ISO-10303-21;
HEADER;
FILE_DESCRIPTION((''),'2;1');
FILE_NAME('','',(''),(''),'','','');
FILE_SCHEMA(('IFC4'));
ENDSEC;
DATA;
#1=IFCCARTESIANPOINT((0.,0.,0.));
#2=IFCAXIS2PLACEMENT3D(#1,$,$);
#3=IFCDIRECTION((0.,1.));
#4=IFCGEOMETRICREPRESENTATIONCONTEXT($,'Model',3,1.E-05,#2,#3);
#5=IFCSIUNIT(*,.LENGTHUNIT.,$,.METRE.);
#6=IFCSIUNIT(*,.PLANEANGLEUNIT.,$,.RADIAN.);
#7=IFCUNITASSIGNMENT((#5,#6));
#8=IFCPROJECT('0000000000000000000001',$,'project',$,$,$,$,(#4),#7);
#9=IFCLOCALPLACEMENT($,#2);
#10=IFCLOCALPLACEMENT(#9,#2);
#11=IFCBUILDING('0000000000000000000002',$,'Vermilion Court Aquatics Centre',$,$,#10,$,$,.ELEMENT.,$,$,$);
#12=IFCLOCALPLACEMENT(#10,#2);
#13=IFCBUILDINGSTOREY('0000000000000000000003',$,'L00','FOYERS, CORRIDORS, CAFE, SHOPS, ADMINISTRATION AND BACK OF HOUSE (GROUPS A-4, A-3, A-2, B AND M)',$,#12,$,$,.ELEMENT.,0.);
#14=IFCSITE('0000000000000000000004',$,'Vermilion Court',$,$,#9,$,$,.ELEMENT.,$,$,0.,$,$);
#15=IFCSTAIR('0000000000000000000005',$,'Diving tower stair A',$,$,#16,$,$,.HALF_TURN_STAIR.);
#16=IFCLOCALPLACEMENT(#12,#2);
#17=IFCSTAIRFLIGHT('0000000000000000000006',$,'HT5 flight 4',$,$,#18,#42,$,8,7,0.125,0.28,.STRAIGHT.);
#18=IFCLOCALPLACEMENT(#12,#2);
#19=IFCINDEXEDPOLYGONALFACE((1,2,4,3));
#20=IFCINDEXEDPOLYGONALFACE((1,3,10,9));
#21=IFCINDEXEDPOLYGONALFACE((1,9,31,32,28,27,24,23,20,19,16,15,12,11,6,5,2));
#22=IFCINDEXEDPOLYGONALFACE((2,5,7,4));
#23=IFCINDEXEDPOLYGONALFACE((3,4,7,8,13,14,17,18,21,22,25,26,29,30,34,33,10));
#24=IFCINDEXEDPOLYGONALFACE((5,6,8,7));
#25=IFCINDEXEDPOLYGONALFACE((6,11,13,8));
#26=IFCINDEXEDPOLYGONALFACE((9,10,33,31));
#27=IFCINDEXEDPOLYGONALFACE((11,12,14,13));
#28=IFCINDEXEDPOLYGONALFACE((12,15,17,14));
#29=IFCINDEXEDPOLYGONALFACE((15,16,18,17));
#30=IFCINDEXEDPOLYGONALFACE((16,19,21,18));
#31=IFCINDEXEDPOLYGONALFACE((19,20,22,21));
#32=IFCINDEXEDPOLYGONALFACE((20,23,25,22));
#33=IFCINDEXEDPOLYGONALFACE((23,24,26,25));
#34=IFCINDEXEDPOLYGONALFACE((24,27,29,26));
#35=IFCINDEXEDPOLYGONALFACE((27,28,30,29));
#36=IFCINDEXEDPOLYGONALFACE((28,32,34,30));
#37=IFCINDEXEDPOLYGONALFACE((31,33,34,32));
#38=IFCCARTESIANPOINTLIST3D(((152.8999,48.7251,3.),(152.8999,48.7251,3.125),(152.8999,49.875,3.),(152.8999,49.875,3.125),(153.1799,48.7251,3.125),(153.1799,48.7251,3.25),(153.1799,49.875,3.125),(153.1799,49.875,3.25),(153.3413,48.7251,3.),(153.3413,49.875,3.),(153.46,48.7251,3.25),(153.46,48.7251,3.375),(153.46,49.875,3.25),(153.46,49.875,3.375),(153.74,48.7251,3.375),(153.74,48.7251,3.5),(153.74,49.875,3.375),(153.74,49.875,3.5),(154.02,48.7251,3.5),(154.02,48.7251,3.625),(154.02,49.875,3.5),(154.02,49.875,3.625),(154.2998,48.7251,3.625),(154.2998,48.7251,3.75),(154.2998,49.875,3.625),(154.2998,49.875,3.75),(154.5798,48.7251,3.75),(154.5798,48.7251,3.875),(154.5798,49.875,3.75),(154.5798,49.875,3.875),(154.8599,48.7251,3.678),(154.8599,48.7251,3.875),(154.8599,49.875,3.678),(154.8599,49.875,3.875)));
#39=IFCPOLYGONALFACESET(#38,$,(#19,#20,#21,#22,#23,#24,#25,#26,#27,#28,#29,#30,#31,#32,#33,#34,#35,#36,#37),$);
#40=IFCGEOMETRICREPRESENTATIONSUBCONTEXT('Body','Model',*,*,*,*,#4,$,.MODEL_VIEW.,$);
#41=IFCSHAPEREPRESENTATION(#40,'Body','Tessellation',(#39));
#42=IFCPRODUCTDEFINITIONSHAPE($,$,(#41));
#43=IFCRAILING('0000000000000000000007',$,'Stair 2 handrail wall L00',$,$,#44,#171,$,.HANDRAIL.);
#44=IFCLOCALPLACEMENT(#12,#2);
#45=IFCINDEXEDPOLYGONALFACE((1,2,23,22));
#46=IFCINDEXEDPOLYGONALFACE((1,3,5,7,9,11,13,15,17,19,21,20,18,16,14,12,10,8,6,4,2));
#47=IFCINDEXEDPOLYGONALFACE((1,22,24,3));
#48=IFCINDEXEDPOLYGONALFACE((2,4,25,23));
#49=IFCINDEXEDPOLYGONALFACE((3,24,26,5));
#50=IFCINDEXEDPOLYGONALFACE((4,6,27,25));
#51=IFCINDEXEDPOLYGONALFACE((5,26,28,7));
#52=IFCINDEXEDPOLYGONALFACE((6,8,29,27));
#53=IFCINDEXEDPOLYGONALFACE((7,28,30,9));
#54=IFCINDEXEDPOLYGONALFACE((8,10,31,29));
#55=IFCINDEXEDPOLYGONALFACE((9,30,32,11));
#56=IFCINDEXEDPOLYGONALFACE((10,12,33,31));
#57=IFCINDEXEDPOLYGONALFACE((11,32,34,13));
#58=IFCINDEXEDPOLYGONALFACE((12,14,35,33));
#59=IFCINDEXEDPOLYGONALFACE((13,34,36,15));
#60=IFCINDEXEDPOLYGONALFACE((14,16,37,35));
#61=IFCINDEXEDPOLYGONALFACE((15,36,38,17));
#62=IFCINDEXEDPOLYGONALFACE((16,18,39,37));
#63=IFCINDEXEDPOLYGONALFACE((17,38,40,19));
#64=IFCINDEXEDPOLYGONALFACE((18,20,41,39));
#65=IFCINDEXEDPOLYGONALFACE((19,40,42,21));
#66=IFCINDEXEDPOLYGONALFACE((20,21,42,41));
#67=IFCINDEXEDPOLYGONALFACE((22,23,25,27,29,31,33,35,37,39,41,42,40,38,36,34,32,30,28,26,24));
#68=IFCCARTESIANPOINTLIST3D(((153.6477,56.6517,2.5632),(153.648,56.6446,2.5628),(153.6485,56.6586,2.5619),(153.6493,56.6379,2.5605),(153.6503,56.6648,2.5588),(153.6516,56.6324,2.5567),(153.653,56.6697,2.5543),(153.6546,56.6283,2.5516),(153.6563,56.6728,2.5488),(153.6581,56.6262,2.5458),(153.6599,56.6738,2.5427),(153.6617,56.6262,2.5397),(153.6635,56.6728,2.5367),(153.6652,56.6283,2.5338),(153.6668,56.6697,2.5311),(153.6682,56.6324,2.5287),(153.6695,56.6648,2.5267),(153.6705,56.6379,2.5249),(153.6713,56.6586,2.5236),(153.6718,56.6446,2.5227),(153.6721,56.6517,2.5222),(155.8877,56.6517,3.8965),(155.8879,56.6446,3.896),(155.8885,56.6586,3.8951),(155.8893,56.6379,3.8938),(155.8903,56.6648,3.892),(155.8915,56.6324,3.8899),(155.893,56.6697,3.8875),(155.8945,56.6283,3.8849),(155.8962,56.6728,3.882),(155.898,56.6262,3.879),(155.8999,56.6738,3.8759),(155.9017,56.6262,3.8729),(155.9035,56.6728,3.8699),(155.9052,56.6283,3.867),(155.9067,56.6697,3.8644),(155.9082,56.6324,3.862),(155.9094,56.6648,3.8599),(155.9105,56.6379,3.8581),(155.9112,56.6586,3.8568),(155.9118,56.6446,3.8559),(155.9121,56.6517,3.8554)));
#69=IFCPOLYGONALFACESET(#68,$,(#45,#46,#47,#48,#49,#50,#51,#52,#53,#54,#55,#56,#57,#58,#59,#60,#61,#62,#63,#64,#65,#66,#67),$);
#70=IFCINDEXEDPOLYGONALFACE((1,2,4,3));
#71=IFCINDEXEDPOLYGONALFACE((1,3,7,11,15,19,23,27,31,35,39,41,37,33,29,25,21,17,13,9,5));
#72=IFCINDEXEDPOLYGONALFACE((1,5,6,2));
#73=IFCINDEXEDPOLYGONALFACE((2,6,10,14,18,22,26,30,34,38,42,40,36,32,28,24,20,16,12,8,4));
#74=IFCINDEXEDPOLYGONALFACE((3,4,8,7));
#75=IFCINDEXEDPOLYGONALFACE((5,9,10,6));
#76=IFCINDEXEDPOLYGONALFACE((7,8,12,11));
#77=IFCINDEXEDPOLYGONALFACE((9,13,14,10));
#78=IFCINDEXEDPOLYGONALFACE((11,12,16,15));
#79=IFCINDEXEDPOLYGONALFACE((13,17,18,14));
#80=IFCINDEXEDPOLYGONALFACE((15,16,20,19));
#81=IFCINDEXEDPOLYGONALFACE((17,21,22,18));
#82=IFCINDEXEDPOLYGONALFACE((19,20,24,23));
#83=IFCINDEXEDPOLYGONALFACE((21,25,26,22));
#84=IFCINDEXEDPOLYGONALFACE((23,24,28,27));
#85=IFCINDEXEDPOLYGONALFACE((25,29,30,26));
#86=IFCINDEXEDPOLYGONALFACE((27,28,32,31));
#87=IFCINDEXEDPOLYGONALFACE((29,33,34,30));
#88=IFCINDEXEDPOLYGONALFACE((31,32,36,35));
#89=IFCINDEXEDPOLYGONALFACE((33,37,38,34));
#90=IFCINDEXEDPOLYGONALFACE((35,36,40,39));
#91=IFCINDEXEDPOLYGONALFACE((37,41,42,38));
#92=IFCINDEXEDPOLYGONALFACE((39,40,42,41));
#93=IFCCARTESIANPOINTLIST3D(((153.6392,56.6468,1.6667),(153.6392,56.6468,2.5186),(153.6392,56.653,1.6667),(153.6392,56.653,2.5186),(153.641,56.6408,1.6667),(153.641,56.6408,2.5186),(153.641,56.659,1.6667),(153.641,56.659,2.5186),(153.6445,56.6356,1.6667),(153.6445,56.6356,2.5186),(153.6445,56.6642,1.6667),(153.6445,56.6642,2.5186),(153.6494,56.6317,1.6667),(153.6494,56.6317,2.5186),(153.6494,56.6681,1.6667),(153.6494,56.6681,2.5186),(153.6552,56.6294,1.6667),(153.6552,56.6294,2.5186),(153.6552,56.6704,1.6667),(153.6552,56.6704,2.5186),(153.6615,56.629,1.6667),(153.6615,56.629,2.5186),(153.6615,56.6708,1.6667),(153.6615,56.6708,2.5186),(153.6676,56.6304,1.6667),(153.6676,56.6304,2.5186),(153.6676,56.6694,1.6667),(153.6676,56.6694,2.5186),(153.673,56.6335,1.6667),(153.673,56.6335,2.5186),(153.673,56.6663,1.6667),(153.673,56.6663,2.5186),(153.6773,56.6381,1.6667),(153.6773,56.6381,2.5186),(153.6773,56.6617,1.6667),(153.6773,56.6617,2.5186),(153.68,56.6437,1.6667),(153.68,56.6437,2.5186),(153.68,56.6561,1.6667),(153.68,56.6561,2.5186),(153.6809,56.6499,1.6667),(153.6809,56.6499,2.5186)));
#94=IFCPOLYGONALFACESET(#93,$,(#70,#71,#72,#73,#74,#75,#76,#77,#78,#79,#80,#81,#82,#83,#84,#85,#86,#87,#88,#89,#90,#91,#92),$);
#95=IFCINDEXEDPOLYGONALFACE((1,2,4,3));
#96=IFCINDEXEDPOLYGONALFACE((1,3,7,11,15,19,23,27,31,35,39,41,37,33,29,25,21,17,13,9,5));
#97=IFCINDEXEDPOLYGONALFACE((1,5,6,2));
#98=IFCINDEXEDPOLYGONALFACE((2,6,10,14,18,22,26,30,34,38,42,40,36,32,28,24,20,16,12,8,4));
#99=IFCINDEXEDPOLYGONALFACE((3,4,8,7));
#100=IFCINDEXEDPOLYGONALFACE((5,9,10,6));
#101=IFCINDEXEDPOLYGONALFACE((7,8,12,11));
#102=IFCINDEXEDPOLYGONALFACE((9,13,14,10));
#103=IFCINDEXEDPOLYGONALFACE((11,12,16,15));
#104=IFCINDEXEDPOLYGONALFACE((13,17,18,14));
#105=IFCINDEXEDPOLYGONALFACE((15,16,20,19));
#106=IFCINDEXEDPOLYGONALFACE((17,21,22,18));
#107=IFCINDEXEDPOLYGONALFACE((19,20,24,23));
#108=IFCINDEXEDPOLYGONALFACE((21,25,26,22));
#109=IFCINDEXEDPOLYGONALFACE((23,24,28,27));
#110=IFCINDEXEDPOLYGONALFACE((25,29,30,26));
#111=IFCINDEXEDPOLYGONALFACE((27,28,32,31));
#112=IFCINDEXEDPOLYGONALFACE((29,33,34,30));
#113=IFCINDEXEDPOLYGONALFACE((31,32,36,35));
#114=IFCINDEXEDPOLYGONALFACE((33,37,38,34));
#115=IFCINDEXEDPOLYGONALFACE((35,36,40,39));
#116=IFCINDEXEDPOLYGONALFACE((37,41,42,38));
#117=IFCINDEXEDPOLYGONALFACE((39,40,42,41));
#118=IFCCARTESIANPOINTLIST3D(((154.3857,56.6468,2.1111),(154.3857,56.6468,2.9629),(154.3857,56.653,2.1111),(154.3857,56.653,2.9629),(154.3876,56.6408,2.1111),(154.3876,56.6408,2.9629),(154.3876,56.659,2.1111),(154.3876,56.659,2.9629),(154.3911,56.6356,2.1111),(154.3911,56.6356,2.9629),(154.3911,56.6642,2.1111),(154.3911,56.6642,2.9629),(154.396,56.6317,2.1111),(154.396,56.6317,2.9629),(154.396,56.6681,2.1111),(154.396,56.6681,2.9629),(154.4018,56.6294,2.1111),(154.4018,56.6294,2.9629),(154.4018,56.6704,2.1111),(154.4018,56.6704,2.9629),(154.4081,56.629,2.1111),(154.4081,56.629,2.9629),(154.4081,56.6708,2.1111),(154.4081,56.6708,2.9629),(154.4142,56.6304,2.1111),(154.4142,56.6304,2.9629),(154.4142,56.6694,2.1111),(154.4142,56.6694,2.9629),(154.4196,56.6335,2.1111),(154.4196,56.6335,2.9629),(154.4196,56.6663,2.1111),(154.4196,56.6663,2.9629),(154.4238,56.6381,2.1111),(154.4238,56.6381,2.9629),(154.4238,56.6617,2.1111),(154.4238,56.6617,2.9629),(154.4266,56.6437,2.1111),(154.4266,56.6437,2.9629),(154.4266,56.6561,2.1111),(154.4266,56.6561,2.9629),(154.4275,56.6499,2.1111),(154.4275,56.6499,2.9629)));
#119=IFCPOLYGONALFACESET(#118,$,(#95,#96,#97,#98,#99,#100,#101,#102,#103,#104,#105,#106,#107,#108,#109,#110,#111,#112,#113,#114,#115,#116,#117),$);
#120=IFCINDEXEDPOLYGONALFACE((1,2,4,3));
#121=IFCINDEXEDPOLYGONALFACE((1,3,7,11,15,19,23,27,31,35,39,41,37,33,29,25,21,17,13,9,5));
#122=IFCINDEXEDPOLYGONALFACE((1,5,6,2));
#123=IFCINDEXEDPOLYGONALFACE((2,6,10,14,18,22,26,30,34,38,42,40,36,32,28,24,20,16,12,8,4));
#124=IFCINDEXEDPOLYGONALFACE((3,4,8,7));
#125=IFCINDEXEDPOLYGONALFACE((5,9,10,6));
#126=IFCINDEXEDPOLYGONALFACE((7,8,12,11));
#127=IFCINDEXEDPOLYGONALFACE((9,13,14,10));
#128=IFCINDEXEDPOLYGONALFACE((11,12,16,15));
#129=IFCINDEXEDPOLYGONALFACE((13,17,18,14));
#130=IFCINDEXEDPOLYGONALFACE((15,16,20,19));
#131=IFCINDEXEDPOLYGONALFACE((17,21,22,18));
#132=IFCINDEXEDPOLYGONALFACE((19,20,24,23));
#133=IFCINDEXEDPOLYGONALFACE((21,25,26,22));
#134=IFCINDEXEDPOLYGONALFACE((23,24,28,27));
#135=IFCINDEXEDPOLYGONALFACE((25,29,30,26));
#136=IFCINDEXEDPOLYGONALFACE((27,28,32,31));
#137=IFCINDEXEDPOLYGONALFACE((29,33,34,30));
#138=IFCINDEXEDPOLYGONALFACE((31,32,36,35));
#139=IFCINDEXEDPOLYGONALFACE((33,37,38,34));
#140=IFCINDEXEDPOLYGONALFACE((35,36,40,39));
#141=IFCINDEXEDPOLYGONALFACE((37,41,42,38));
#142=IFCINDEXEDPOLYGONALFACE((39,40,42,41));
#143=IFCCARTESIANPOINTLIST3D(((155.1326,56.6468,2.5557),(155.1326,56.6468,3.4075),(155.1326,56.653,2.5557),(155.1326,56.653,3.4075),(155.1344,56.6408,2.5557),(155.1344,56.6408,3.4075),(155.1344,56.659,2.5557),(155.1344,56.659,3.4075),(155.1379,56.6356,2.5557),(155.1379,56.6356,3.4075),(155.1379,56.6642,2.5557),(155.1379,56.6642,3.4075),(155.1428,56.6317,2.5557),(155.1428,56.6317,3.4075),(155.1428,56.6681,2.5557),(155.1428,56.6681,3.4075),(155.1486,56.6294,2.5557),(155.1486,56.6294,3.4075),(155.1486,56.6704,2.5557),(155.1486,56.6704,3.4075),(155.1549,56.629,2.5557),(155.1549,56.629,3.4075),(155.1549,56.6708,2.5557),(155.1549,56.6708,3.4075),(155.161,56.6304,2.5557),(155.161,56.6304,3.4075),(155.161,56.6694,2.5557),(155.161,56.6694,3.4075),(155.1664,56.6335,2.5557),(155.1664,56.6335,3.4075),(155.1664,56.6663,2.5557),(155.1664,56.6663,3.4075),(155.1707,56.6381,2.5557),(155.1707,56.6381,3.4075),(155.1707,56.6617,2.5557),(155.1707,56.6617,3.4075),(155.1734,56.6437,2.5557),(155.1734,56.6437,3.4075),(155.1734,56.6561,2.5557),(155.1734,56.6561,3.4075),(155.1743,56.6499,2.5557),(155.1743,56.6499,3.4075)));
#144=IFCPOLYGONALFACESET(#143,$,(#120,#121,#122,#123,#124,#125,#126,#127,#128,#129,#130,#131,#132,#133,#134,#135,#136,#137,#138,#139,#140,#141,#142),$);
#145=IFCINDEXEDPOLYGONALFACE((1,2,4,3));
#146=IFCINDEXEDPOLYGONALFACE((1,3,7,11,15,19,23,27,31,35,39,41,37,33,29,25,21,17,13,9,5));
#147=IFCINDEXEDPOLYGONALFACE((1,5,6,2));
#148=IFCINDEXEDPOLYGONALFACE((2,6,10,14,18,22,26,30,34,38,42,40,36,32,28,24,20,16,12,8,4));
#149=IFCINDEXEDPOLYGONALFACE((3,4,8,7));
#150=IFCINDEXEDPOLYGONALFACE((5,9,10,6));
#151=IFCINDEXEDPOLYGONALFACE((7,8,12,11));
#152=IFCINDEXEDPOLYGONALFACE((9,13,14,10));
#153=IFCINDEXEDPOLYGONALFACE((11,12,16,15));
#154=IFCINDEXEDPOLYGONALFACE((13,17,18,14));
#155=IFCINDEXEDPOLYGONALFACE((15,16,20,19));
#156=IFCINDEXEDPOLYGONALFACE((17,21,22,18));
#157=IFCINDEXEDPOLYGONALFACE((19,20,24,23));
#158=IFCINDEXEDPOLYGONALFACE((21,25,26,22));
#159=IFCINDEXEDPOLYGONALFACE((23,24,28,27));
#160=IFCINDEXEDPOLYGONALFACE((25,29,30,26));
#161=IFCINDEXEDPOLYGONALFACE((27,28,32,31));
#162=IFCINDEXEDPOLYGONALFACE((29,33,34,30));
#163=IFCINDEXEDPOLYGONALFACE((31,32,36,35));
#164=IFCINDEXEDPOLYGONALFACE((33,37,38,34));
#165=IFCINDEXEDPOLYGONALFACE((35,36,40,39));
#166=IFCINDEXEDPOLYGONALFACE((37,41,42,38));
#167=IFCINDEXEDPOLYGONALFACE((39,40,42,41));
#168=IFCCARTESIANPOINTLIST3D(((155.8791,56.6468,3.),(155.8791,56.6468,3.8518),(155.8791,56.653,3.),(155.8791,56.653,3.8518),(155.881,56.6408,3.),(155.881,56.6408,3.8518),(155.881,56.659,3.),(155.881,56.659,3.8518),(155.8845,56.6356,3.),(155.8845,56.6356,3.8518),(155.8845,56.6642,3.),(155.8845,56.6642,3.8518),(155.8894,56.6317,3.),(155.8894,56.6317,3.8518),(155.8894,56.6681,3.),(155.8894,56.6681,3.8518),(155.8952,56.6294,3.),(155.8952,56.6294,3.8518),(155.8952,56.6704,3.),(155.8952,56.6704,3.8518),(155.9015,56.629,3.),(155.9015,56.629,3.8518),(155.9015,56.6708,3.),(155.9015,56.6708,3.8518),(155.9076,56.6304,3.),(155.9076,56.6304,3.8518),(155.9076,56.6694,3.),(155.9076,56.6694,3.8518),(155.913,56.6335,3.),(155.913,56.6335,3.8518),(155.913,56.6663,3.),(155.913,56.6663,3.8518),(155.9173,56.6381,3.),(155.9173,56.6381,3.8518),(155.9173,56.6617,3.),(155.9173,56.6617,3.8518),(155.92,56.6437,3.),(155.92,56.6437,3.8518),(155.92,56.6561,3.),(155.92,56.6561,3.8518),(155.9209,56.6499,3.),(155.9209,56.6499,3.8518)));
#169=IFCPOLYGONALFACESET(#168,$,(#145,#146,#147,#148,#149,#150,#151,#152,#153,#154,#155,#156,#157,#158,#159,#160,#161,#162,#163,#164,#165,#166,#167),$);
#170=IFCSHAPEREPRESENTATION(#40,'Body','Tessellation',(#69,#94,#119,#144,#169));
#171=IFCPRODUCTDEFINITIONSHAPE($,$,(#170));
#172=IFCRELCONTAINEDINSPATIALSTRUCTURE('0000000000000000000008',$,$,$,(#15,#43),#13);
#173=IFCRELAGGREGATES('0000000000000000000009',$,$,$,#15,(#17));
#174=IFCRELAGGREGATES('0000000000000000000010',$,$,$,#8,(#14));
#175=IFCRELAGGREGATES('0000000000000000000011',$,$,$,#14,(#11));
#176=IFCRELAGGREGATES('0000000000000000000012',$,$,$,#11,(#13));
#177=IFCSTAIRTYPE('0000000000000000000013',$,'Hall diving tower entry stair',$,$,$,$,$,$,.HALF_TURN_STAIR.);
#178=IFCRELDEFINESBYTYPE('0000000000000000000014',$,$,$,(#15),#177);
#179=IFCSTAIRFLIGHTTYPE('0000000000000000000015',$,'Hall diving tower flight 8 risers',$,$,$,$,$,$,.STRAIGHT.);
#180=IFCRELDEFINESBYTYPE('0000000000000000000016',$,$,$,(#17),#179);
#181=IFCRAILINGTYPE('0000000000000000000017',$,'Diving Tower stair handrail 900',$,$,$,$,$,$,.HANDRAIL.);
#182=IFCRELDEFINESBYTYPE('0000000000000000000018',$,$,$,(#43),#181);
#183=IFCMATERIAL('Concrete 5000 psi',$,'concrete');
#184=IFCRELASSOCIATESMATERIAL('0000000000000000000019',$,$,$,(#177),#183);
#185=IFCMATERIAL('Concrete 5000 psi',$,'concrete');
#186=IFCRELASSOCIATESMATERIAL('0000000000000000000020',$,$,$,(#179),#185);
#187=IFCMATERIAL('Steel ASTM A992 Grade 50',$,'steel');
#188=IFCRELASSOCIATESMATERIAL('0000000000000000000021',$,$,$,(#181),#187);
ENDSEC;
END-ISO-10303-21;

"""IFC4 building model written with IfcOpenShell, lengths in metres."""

from ifc_helpers import new_model, si_unit, direction, frame, origin, origin_2d, place, context, subcontext, project, spatial, polyline, circle, outline, extrude, material, type_object, element, aggregate, save


model = new_model("IFC4")

# Units and contexts
model_context = context("Model", 3, precision=1e-05, world=origin(), true_north=direction((0.0, 1.0)))
body_context = subcontext(model_context, "Body", "Model", "MODEL_VIEW")
ifc_project = project(units=[si_unit("LENGTHUNIT", "METRE"), si_unit("PLANEANGLEUNIT", "RADIAN")], contexts=[model_context])

# Site, building, storey
site_placement = place(None, origin())
site = spatial("IfcSite", under=ifc_project, at=site_placement, Name="Vermilion Court", CompositionType="ELEMENT", RefElevation=0.0)
building_placement = place(site_placement, origin())
building = spatial("IfcBuilding", under=site, at=building_placement, Name="Vermilion Court Aquatics Centre", CompositionType="ELEMENT")
storey_placement = place(building_placement, origin())
storey = spatial("IfcBuildingStorey", under=building, at=storey_placement, Name="L00", Description="FOYERS, CORRIDORS, CAFE, SHOPS, ADMINISTRATION AND BACK OF HOUSE (GROUPS A-4, A-3, A-2, B AND M)", CompositionType="ELEMENT", Elevation=0.0)

# Stair, stair flight
ifc_material_1 = material(Name="Concrete 5000 psi", Category="concrete")
stair_type_1 = type_object("IfcStairType", Name="Hall diving tower entry stair", PredefinedType="HALF_TURN_STAIR", material=ifc_material_1)
stair_1_placement = place(storey_placement, origin())
stair_1 = element("IfcStair", 1, at=stair_1_placement, inside=storey, type_object=stair_type_1, Name="Diving tower stair A", PredefinedType="HALF_TURN_STAIR")
ifc_material_2 = material(Name="Concrete 5000 psi", Category="concrete")
stair_flight_type_1 = type_object("IfcStairFlightType", Name="Hall diving tower flight 8 risers", PredefinedType="STRAIGHT", material=ifc_material_2)
stair_flight_1_placement = place(storey_placement, frame((152.8999, 49.3, 3.0), z_axis=(0.0, 0.0, 1.0), x_axis=(1.0, 0.0, 0.0)))
stair_flight_1 = element("IfcStairFlight", 2, at=stair_flight_1_placement, type_object=stair_flight_type_1, Name="HT5 flight 4", NumberOfRisers=8, NumberOfTreads=7, PredefinedType="STRAIGHT", RiserHeight=0.125, TreadLength=0.28, context=body_context, shape_type="SweptSolid", body=[
    extrude(outline(polyline([(0.0, 0.0), (0.0, 0.125), (0.28, 0.125), (0.28, 0.25), (0.5601, 0.25), (0.5601, 0.375), (0.8401, 0.375), (0.8401, 0.5), (1.1201, 0.5), (1.1201, 0.625), (1.3999, 0.625), (1.3999, 0.75), (1.6799, 0.75), (1.6799, 0.875), (1.96, 0.875), (1.96, 1.0), (1.96, 0.678), (0.4414, 0.0), (0.0, 0.0)])), frame((0.0, 0.575, 0.0), z_axis=(0.0, -1.0, 0.0), x_axis=(1.0, 0.0, 0.0)), (0.0, 0.0, 1.0), 1.1499),
])
aggregate(stair_1, [stair_flight_1])

# Railing
ifc_material_3 = material(Name="Steel ASTM A992 Grade 50", Category="steel")
railing_type_1 = type_object("IfcRailingType", Name="Diving Tower stair handrail 900", PredefinedType="HANDRAIL", material=ifc_material_3)
for number, where, name in (
    (3, (153.6599, 56.6499, 1.6667), "Stair 2 handrail wall L00"),
):
    element("IfcRailing", number, at=place(storey_placement, frame(where)), inside=storey, type_object=railing_type_1, Name=name, PredefinedType="HANDRAIL", context=body_context, shape_type="SweptSolid", body=[
        extrude(circle(Radius=0.0239, at=origin_2d()), frame((0.0, 0.0, 0.876), z_axis=(0.859306, 0.0, 0.511462), x_axis=(0.0, 1.0, 0.0)), (0.0, 0.0, 1.0), 2.6067),
        extrude(circle(Radius=0.021, at=origin_2d()), origin(), (0.0, 0.0, 1.0), 0.8518),
        extrude(circle(Radius=0.021, at=origin_2d()), frame((0.7466, 0.0, 0.4443)), (0.0, 0.0, 1.0), 0.8518),
        extrude(circle(Radius=0.021, at=origin_2d()), frame((1.4934, 0.0, 0.8889)), (0.0, 0.0, 1.0), 0.8518),
        extrude(circle(Radius=0.021, at=origin_2d()), frame((2.24, 0.0, 1.3333)), (0.0, 0.0, 1.0), 0.8518),
    ])

save(model, "model.ifc")
